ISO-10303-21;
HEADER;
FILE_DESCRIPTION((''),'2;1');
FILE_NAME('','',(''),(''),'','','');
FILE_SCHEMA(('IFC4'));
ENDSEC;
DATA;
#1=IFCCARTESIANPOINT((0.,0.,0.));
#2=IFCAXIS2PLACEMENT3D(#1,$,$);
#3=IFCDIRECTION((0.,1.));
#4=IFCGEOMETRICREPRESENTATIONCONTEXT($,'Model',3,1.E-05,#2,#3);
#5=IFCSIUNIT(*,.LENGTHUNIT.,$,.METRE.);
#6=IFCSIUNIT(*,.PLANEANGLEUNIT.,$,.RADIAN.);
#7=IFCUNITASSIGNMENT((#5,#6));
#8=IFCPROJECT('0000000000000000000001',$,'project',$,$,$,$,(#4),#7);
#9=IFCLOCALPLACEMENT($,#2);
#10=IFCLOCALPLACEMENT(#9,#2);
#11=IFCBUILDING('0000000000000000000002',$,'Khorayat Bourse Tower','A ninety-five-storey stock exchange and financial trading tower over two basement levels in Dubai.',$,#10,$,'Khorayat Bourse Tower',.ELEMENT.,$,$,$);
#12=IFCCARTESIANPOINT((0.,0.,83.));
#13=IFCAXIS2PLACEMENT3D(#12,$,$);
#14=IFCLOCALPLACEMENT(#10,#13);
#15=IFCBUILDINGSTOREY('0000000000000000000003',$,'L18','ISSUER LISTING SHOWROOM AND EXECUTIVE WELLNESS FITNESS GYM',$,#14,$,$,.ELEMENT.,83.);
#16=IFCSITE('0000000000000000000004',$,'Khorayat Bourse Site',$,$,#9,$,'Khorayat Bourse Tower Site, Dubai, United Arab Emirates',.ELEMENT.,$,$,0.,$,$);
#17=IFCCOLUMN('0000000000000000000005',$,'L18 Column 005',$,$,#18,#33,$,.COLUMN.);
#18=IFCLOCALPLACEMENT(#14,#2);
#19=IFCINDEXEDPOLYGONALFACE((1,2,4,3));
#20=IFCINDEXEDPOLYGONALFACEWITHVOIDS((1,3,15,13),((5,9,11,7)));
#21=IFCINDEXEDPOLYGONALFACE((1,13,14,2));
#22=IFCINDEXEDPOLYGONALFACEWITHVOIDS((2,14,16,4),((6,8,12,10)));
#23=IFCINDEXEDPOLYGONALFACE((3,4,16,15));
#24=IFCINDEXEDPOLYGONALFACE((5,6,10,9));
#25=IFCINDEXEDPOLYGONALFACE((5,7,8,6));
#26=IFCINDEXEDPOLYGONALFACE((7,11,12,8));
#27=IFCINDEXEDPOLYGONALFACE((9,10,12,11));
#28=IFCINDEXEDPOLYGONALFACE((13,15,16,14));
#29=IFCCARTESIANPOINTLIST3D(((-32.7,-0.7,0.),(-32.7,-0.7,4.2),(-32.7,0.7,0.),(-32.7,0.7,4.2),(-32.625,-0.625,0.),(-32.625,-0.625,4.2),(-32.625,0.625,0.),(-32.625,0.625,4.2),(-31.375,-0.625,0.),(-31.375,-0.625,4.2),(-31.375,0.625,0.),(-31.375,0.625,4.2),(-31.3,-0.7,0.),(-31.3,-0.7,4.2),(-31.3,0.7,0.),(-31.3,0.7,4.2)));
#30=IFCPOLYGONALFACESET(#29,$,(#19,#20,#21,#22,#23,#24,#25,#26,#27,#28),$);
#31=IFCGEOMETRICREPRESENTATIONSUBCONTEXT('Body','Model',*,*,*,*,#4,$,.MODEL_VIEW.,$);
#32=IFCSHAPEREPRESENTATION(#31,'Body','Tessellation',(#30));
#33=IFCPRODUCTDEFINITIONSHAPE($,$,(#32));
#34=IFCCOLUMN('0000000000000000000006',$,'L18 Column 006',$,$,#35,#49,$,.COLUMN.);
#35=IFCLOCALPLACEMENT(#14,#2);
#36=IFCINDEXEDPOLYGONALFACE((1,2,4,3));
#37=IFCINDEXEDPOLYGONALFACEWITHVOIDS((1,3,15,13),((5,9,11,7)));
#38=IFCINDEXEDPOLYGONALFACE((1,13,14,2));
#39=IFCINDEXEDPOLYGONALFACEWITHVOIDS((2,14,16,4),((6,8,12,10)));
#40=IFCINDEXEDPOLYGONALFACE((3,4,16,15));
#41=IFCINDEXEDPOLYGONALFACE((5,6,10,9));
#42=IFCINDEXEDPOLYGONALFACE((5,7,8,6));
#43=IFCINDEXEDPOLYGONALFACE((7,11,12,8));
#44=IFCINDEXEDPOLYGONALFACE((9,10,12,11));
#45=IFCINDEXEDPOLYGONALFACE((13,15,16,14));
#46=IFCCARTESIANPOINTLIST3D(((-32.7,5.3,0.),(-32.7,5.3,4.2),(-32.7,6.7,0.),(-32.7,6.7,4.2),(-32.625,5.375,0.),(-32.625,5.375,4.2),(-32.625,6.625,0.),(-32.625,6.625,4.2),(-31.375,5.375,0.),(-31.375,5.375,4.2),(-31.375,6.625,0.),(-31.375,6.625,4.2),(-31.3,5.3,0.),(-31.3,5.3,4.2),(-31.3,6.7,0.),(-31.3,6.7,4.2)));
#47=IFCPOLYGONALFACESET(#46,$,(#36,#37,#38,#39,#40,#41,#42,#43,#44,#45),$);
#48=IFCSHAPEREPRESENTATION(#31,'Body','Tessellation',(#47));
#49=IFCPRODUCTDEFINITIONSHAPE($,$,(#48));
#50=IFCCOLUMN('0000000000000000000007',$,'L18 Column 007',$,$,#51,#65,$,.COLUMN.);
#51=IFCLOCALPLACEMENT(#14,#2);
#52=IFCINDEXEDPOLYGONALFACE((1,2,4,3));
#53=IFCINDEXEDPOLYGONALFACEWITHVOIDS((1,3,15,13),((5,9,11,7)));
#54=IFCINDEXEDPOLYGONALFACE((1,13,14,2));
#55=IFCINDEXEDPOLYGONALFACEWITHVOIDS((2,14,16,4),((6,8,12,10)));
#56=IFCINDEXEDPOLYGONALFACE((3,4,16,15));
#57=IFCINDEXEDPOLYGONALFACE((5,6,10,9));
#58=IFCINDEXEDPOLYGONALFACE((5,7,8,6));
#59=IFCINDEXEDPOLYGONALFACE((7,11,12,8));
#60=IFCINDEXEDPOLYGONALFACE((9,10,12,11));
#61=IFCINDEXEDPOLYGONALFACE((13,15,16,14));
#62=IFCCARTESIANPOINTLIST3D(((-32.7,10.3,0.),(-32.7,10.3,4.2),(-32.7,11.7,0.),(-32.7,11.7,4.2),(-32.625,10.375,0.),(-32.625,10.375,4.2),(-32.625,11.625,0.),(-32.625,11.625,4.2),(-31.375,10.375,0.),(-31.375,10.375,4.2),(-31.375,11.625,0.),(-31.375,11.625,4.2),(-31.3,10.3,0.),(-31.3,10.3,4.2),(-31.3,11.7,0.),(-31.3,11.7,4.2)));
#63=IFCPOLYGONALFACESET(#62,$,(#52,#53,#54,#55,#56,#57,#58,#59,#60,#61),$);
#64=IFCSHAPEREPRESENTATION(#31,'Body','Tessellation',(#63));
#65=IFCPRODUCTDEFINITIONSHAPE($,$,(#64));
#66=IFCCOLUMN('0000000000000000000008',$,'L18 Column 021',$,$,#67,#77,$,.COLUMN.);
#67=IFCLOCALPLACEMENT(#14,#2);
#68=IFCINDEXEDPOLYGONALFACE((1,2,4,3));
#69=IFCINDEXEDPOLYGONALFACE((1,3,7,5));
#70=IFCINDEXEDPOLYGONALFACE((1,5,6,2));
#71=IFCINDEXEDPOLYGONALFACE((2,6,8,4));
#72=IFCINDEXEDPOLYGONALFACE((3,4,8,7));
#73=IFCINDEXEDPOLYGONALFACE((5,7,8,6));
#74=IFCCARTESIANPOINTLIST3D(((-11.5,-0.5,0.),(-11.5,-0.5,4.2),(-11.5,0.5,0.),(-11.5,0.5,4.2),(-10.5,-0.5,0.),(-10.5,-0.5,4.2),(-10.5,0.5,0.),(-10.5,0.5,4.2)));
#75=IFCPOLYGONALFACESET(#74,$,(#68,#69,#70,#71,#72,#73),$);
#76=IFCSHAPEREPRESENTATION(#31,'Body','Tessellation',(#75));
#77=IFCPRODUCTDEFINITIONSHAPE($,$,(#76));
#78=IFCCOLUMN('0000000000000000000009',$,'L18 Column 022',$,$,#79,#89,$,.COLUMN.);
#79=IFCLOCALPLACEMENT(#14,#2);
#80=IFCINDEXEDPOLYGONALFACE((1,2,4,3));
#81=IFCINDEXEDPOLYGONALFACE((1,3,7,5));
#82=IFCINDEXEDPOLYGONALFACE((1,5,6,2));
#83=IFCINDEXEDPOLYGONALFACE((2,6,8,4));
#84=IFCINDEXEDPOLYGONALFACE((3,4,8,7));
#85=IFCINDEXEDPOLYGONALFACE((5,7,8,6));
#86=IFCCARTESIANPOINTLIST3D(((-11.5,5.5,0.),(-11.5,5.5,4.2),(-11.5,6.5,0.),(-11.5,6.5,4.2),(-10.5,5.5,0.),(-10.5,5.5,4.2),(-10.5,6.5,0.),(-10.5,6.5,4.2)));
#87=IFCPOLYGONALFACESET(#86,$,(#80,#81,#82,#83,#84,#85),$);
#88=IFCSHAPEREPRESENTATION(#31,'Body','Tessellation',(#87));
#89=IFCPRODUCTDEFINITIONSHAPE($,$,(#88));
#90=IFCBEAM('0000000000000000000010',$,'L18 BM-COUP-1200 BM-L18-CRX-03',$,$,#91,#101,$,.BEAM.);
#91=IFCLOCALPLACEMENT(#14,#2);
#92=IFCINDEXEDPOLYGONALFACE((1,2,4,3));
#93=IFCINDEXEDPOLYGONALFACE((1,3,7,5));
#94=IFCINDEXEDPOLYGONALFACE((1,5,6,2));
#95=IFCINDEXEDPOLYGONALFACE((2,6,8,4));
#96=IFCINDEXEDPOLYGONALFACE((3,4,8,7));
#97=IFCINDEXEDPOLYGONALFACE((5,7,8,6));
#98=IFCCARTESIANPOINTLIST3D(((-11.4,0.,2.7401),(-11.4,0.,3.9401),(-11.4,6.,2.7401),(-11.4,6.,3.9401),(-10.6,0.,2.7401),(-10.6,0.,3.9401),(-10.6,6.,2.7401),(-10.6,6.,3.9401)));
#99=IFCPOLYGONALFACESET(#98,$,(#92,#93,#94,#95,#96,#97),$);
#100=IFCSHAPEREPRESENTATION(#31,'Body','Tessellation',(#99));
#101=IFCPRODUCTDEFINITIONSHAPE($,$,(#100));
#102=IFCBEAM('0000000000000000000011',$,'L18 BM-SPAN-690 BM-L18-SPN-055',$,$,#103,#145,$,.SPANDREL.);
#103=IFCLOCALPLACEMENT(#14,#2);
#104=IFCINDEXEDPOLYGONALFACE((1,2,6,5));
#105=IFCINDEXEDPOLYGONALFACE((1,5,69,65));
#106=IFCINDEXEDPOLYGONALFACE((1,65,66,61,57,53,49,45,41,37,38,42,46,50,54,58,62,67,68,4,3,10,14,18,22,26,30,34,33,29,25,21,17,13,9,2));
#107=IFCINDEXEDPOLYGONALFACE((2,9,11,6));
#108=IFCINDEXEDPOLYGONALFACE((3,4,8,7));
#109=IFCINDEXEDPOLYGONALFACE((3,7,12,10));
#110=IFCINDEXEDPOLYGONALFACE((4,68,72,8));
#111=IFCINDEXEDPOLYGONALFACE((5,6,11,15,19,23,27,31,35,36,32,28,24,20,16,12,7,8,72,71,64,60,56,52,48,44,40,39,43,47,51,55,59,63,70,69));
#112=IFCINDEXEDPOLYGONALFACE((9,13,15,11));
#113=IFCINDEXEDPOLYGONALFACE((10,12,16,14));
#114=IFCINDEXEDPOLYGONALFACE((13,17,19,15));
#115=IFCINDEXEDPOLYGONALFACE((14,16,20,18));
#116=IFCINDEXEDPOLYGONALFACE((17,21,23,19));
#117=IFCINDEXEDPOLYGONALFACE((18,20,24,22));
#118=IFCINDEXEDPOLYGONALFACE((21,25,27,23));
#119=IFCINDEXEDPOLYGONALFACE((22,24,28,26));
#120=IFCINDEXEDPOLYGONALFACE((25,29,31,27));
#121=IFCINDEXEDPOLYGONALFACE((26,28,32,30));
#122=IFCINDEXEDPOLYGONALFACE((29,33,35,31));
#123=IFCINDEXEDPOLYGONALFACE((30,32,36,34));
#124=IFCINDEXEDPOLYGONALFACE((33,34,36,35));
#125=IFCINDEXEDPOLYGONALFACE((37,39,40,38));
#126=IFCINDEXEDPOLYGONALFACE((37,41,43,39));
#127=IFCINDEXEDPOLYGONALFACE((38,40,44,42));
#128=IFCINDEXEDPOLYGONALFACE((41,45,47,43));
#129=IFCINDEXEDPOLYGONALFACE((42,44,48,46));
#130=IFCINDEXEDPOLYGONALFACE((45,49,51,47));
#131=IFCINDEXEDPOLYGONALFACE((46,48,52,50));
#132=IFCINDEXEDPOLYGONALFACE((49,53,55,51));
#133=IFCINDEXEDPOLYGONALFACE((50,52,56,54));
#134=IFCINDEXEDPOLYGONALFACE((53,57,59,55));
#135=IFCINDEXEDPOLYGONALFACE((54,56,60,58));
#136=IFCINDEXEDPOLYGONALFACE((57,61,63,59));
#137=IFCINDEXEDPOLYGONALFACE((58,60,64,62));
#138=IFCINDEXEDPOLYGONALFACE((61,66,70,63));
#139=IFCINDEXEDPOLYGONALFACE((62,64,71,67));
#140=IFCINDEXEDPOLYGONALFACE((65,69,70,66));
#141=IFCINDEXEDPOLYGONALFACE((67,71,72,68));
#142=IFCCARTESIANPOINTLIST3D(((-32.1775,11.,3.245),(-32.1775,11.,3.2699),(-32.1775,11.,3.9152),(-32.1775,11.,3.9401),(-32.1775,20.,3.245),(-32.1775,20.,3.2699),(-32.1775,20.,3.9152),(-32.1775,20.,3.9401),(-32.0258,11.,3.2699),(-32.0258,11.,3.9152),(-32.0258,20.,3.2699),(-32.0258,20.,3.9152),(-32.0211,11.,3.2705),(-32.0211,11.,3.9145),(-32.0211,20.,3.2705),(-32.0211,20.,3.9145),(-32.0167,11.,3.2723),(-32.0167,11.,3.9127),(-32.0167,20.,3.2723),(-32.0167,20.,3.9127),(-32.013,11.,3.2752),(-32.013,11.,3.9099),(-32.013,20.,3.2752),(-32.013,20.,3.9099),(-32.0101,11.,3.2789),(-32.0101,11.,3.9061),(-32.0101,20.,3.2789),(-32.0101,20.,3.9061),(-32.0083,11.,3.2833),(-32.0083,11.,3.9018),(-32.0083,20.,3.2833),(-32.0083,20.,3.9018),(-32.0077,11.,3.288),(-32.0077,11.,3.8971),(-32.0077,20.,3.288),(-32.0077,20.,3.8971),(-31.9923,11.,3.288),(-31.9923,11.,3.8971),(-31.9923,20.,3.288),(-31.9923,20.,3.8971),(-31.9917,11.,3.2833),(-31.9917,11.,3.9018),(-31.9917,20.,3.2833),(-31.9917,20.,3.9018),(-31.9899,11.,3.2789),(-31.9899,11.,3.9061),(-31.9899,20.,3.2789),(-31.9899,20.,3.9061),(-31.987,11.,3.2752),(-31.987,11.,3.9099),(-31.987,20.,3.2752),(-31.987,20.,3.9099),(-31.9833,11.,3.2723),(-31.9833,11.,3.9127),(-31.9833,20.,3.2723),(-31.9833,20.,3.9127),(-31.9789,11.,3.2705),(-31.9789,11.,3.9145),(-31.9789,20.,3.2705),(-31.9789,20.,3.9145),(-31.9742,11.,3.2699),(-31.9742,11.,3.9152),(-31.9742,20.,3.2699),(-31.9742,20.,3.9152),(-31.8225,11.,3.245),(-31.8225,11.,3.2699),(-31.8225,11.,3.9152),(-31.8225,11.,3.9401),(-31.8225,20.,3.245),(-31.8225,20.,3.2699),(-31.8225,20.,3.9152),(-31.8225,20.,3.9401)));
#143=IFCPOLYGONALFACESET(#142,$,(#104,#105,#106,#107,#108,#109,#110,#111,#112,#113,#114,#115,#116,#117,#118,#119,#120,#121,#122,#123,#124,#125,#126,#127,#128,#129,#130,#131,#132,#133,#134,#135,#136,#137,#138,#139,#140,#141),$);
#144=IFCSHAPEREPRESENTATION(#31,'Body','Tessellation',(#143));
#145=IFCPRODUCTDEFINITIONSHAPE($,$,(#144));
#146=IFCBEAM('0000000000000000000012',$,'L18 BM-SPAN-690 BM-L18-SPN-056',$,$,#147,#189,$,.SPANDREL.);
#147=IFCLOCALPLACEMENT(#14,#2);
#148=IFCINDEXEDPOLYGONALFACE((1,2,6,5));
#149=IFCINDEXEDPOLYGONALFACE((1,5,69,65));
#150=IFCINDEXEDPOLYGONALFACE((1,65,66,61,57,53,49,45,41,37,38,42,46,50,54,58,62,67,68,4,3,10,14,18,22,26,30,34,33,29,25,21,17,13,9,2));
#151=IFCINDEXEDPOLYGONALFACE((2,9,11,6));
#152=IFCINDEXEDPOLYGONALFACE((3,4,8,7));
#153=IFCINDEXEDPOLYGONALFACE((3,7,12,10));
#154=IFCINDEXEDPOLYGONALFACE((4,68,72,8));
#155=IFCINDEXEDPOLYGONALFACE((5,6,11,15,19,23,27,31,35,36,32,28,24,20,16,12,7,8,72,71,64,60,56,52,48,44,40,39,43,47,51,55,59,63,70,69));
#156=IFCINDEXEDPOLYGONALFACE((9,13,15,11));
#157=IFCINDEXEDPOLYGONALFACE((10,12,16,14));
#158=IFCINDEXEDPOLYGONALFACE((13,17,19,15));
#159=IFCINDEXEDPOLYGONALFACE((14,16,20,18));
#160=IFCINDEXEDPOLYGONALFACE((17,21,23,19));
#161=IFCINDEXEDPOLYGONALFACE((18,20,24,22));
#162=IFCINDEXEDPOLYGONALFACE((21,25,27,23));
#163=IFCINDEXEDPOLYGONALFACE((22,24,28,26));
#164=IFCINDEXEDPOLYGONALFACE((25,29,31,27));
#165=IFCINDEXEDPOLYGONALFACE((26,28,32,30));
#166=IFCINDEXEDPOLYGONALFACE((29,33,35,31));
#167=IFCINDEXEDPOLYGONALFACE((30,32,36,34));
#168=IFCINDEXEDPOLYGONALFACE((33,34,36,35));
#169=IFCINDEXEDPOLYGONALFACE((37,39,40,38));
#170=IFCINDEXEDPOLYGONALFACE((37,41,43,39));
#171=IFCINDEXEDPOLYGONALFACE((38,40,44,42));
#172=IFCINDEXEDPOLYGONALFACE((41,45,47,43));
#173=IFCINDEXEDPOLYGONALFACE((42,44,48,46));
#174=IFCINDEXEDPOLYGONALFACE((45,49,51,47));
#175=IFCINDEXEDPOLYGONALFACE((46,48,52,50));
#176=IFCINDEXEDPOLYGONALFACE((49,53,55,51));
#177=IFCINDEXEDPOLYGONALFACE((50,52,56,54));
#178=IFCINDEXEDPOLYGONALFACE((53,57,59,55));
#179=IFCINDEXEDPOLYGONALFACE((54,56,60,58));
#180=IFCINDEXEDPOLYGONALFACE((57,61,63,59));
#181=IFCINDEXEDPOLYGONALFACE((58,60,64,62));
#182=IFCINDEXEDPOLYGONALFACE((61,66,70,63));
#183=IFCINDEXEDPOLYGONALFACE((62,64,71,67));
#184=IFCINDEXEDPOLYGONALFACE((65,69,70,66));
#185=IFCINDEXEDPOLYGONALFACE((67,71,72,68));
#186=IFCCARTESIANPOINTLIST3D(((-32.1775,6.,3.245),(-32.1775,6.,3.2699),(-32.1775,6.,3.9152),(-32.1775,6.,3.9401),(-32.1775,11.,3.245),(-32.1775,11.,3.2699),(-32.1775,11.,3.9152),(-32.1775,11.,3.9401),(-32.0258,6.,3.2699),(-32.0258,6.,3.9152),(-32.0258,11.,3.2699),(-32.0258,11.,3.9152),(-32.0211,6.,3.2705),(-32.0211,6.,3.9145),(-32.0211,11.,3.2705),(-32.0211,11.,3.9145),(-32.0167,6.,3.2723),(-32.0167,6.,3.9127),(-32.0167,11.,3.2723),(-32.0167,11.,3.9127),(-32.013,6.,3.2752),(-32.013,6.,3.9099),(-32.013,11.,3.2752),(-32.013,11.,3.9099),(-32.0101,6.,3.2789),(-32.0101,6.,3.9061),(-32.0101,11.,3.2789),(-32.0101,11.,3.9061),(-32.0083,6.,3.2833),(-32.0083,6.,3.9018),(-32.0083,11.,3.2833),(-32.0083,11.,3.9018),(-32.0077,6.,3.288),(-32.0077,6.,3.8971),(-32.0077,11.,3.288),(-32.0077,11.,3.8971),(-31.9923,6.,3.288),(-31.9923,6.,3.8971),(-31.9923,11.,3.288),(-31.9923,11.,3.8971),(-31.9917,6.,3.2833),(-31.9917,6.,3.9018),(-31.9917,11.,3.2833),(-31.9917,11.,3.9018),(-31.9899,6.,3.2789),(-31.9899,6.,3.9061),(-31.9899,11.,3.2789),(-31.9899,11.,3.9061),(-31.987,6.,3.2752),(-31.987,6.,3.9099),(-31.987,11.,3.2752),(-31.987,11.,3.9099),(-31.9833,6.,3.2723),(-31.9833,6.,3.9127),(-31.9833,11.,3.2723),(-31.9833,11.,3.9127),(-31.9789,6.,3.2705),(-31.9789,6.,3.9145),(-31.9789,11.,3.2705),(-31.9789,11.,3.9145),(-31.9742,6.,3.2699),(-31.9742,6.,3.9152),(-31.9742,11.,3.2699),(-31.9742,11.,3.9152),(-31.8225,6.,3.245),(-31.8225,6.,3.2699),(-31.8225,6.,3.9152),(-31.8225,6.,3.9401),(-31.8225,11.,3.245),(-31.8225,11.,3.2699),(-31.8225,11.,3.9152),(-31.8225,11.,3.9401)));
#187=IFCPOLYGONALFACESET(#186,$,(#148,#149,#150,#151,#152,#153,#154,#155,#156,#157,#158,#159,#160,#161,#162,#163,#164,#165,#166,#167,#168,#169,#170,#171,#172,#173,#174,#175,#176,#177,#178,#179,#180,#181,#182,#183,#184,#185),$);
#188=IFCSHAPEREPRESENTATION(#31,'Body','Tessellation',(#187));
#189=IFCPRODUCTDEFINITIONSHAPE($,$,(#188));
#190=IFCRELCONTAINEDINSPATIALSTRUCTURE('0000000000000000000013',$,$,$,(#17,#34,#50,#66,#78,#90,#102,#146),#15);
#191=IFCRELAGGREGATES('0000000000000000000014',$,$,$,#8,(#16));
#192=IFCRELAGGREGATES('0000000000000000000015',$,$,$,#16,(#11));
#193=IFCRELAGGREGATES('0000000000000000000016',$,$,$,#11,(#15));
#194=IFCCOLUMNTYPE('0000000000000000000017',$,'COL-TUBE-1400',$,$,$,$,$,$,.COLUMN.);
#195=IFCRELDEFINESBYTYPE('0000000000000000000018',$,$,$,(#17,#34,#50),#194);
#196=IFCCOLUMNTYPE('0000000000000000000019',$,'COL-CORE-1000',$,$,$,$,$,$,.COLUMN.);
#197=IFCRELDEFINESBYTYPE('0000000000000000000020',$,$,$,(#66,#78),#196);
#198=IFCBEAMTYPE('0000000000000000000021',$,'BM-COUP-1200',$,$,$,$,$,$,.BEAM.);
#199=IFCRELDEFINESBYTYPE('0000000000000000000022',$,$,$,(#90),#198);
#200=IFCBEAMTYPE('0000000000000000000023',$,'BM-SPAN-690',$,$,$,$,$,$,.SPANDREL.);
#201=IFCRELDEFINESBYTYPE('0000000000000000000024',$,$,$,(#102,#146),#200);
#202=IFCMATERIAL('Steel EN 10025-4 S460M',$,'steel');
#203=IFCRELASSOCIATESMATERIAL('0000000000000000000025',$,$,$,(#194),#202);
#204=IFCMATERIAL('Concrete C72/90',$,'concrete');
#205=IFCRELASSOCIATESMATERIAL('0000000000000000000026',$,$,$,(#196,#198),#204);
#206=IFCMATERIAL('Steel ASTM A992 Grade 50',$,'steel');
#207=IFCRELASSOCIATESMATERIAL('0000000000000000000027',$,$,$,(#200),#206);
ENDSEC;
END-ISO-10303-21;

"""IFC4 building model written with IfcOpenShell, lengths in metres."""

from ifc_helpers import new_model, si_unit, direction, frame, origin, origin_2d, place, context, subcontext, project, spatial, rectangle, hollow_rectangle, i_section, extrude, source, transform, mapped, material, material_profile, profile_set, type_object, element, save


model = new_model("IFC4")

# Units and contexts
model_context = context("Model", 3, precision=1e-05, world=origin(), true_north=direction((0.0, 1.0)))
body_context = subcontext(model_context, "Body", "Model", "MODEL_VIEW")
ifc_project = project(units=[si_unit("LENGTHUNIT", "METRE"), si_unit("PLANEANGLEUNIT", "RADIAN")], contexts=[model_context])

# Site, building, storey
site_placement = place(None, origin())
site = spatial("IfcSite", under=ifc_project, at=site_placement, Name="Khorayat Bourse Site", LongName="Khorayat Bourse Tower Site, Dubai, United Arab Emirates", CompositionType="ELEMENT", RefElevation=0.0)
building_placement = place(site_placement, origin())
building = spatial("IfcBuilding", under=site, at=building_placement, Name="Khorayat Bourse Tower", Description="A ninety-five-storey stock exchange and financial trading tower over two basement levels in Dubai.", LongName="Khorayat Bourse Tower", CompositionType="ELEMENT")
storey_placement = place(building_placement, frame((0.0, 0.0, 83.0)))
storey = spatial("IfcBuildingStorey", under=building, at=storey_placement, Name="L18", Description="ISSUER LISTING SHOWROOM AND EXECUTIVE WELLNESS FITNESS GYM", CompositionType="ELEMENT", Elevation=83.0)

# Columns
ifc_material_1 = material(Name="Steel EN 10025-4 S460M", Category="steel")
ifc_material_profile_1 = material_profile(ifc_material_1, hollow_rectangle(XDim=1.3999, YDim=1.3999, WallThickness=0.075, at=origin_2d()), Name="BOX 1400x1400x75")
ifc_profile_set_1 = profile_set([ifc_material_profile_1], Name="Steel EN 10025-4 S460M")
column_type_1 = type_object("IfcColumnType", Name="COL-TUBE-1400", PredefinedType="COLUMN", material=ifc_profile_set_1)
shared_shape_1 = source(origin(), body_context, "Body", "SweptSolid", [
    extrude(hollow_rectangle(XDim=1.3999, YDim=1.3999, WallThickness=0.075, at=origin_2d()), origin(), (0.0, 0.0, 1.0), 4.2),
])
for number, where, z_axis, x_axis, name in (
    (1, (-32.0, 0.0, 0.0), (0.0, 0.0, 1.0), (1.0, 0.0, 0.0), "L18 Column 005"),
    (2, (-32.0, 6.0, 0.0), (0.0, 0.0, 1.0), (1.0, 0.0, 0.0), "L18 Column 006"),
    (3, (-32.0, 11.0, 0.0), (0.0, 0.0, 1.0), (1.0, 0.0, 0.0), "L18 Column 007"),
):
    element("IfcColumn", number, at=place(storey_placement, frame(where, z_axis=z_axis, x_axis=x_axis)), inside=storey, type_object=column_type_1, Name=name, PredefinedType="COLUMN", context=body_context, shape_type="MappedRepresentation", body=[
        mapped(shared_shape_1, transform((0.0, 0.0, 0.0), scale=1.0)),
    ])
ifc_material_2 = material(Name="Concrete C72/90", Category="concrete")
ifc_material_profile_2 = material_profile(ifc_material_2, rectangle(XDim=1.0, YDim=1.0, at=origin_2d()), Name="RC 1000x1000")
ifc_profile_set_2 = profile_set([ifc_material_profile_2], Name="Concrete C72/90")
column_type_2 = type_object("IfcColumnType", Name="COL-CORE-1000", PredefinedType="COLUMN", material=ifc_profile_set_2)
shared_shape_2 = source(origin(), body_context, "Body", "SweptSolid", [
    extrude(rectangle(XDim=1.0, YDim=1.0, at=origin_2d()), origin(), (0.0, 0.0, 1.0), 4.2),
])
for number, where, z_axis, x_axis, name in (
    (4, (-11.0, 0.0, 0.0), (0.0, 0.0, 1.0), (1.0, 0.0, 0.0), "L18 Column 021"),
    (5, (-11.0, 6.0, 0.0), (0.0, 0.0, 1.0), (1.0, 0.0, 0.0), "L18 Column 022"),
):
    element("IfcColumn", number, at=place(storey_placement, frame(where, z_axis=z_axis, x_axis=x_axis)), inside=storey, type_object=column_type_2, Name=name, PredefinedType="COLUMN", context=body_context, shape_type="MappedRepresentation", body=[
        mapped(shared_shape_2, transform((0.0, 0.0, 0.0), scale=1.0)),
    ])

# Beams
ifc_material_profile_3 = material_profile(ifc_material_2, rectangle(XDim=0.8, YDim=1.2, at=origin_2d()), Name="RC 800x1200")
ifc_profile_set_3 = profile_set([ifc_material_profile_3], Name="Concrete C72/90")
beam_type_1 = type_object("IfcBeamType", Name="BM-COUP-1200", PredefinedType="BEAM", material=ifc_profile_set_3)
shared_shape_3 = source(origin(), body_context, "Body", "SweptSolid", [
    extrude(rectangle(XDim=0.8, YDim=1.2, at=origin_2d()), origin(), (0.0, 0.0, 1.0), 6.0),
])
beam_1_placement = place(storey_placement, frame((-11.0, 0.0, 3.3401), z_axis=(0.0, 1.0, 0.0), x_axis=(-1.0, 0.0, 0.0)))
element("IfcBeam", 6, at=beam_1_placement, inside=storey, type_object=beam_type_1, Name="L18 BM-COUP-1200 BM-L18-CRX-03", PredefinedType="BEAM", context=body_context, shape_type="MappedRepresentation", body=[
    mapped(shared_shape_3, transform((0.0, 0.0, 0.0), scale=1.0)),
])
ifc_material_3 = material(Name="Steel ASTM A992 Grade 50", Category="steel")
ifc_material_profile_4 = material_profile(ifc_material_3, i_section(OverallWidth=0.355, OverallDepth=0.6951, WebThickness=0.0154, FlangeThickness=0.0249, FilletRadius=0.0181, at=origin_2d()), Name="W690X217")
ifc_profile_set_4 = profile_set([ifc_material_profile_4], Name="Steel ASTM A992 Grade 50")
beam_type_2 = type_object("IfcBeamType", Name="BM-SPAN-690", PredefinedType="SPANDREL", material=ifc_profile_set_4)
shared_shape_4 = source(origin(), body_context, "Body", "SweptSolid", [
    extrude(i_section(OverallWidth=0.355, OverallDepth=0.6951, WebThickness=0.0154, FlangeThickness=0.0249, FilletRadius=0.0181, at=origin_2d()), origin(), (0.0, 0.0, 1.0), 9.0),
])
beam_2_placement = place(storey_placement, frame((-32.0, 11.0, 3.5925), z_axis=(0.0, 1.0, 0.0), x_axis=(-1.0, 0.0, 0.0)))
element("IfcBeam", 7, at=beam_2_placement, inside=storey, type_object=beam_type_2, Name="L18 BM-SPAN-690 BM-L18-SPN-055", PredefinedType="SPANDREL", context=body_context, shape_type="MappedRepresentation", body=[
    mapped(shared_shape_4, transform((0.0, 0.0, 0.0), scale=1.0)),
])
shared_shape_5 = source(origin(), body_context, "Body", "SweptSolid", [
    extrude(i_section(OverallWidth=0.355, OverallDepth=0.6951, WebThickness=0.0154, FlangeThickness=0.0249, FilletRadius=0.0181, at=origin_2d()), origin(), (0.0, 0.0, 1.0), 5.0),
])
beam_3_placement = place(storey_placement, frame((-32.0, 6.0, 3.5925), z_axis=(0.0, 1.0, 0.0), x_axis=(-1.0, 0.0, 0.0)))
element("IfcBeam", 8, at=beam_3_placement, inside=storey, type_object=beam_type_2, Name="L18 BM-SPAN-690 BM-L18-SPN-056", PredefinedType="SPANDREL", context=body_context, shape_type="MappedRepresentation", body=[
    mapped(shared_shape_5, transform((0.0, 0.0, 0.0), scale=1.0)),
])

save(model, "model.ifc")
